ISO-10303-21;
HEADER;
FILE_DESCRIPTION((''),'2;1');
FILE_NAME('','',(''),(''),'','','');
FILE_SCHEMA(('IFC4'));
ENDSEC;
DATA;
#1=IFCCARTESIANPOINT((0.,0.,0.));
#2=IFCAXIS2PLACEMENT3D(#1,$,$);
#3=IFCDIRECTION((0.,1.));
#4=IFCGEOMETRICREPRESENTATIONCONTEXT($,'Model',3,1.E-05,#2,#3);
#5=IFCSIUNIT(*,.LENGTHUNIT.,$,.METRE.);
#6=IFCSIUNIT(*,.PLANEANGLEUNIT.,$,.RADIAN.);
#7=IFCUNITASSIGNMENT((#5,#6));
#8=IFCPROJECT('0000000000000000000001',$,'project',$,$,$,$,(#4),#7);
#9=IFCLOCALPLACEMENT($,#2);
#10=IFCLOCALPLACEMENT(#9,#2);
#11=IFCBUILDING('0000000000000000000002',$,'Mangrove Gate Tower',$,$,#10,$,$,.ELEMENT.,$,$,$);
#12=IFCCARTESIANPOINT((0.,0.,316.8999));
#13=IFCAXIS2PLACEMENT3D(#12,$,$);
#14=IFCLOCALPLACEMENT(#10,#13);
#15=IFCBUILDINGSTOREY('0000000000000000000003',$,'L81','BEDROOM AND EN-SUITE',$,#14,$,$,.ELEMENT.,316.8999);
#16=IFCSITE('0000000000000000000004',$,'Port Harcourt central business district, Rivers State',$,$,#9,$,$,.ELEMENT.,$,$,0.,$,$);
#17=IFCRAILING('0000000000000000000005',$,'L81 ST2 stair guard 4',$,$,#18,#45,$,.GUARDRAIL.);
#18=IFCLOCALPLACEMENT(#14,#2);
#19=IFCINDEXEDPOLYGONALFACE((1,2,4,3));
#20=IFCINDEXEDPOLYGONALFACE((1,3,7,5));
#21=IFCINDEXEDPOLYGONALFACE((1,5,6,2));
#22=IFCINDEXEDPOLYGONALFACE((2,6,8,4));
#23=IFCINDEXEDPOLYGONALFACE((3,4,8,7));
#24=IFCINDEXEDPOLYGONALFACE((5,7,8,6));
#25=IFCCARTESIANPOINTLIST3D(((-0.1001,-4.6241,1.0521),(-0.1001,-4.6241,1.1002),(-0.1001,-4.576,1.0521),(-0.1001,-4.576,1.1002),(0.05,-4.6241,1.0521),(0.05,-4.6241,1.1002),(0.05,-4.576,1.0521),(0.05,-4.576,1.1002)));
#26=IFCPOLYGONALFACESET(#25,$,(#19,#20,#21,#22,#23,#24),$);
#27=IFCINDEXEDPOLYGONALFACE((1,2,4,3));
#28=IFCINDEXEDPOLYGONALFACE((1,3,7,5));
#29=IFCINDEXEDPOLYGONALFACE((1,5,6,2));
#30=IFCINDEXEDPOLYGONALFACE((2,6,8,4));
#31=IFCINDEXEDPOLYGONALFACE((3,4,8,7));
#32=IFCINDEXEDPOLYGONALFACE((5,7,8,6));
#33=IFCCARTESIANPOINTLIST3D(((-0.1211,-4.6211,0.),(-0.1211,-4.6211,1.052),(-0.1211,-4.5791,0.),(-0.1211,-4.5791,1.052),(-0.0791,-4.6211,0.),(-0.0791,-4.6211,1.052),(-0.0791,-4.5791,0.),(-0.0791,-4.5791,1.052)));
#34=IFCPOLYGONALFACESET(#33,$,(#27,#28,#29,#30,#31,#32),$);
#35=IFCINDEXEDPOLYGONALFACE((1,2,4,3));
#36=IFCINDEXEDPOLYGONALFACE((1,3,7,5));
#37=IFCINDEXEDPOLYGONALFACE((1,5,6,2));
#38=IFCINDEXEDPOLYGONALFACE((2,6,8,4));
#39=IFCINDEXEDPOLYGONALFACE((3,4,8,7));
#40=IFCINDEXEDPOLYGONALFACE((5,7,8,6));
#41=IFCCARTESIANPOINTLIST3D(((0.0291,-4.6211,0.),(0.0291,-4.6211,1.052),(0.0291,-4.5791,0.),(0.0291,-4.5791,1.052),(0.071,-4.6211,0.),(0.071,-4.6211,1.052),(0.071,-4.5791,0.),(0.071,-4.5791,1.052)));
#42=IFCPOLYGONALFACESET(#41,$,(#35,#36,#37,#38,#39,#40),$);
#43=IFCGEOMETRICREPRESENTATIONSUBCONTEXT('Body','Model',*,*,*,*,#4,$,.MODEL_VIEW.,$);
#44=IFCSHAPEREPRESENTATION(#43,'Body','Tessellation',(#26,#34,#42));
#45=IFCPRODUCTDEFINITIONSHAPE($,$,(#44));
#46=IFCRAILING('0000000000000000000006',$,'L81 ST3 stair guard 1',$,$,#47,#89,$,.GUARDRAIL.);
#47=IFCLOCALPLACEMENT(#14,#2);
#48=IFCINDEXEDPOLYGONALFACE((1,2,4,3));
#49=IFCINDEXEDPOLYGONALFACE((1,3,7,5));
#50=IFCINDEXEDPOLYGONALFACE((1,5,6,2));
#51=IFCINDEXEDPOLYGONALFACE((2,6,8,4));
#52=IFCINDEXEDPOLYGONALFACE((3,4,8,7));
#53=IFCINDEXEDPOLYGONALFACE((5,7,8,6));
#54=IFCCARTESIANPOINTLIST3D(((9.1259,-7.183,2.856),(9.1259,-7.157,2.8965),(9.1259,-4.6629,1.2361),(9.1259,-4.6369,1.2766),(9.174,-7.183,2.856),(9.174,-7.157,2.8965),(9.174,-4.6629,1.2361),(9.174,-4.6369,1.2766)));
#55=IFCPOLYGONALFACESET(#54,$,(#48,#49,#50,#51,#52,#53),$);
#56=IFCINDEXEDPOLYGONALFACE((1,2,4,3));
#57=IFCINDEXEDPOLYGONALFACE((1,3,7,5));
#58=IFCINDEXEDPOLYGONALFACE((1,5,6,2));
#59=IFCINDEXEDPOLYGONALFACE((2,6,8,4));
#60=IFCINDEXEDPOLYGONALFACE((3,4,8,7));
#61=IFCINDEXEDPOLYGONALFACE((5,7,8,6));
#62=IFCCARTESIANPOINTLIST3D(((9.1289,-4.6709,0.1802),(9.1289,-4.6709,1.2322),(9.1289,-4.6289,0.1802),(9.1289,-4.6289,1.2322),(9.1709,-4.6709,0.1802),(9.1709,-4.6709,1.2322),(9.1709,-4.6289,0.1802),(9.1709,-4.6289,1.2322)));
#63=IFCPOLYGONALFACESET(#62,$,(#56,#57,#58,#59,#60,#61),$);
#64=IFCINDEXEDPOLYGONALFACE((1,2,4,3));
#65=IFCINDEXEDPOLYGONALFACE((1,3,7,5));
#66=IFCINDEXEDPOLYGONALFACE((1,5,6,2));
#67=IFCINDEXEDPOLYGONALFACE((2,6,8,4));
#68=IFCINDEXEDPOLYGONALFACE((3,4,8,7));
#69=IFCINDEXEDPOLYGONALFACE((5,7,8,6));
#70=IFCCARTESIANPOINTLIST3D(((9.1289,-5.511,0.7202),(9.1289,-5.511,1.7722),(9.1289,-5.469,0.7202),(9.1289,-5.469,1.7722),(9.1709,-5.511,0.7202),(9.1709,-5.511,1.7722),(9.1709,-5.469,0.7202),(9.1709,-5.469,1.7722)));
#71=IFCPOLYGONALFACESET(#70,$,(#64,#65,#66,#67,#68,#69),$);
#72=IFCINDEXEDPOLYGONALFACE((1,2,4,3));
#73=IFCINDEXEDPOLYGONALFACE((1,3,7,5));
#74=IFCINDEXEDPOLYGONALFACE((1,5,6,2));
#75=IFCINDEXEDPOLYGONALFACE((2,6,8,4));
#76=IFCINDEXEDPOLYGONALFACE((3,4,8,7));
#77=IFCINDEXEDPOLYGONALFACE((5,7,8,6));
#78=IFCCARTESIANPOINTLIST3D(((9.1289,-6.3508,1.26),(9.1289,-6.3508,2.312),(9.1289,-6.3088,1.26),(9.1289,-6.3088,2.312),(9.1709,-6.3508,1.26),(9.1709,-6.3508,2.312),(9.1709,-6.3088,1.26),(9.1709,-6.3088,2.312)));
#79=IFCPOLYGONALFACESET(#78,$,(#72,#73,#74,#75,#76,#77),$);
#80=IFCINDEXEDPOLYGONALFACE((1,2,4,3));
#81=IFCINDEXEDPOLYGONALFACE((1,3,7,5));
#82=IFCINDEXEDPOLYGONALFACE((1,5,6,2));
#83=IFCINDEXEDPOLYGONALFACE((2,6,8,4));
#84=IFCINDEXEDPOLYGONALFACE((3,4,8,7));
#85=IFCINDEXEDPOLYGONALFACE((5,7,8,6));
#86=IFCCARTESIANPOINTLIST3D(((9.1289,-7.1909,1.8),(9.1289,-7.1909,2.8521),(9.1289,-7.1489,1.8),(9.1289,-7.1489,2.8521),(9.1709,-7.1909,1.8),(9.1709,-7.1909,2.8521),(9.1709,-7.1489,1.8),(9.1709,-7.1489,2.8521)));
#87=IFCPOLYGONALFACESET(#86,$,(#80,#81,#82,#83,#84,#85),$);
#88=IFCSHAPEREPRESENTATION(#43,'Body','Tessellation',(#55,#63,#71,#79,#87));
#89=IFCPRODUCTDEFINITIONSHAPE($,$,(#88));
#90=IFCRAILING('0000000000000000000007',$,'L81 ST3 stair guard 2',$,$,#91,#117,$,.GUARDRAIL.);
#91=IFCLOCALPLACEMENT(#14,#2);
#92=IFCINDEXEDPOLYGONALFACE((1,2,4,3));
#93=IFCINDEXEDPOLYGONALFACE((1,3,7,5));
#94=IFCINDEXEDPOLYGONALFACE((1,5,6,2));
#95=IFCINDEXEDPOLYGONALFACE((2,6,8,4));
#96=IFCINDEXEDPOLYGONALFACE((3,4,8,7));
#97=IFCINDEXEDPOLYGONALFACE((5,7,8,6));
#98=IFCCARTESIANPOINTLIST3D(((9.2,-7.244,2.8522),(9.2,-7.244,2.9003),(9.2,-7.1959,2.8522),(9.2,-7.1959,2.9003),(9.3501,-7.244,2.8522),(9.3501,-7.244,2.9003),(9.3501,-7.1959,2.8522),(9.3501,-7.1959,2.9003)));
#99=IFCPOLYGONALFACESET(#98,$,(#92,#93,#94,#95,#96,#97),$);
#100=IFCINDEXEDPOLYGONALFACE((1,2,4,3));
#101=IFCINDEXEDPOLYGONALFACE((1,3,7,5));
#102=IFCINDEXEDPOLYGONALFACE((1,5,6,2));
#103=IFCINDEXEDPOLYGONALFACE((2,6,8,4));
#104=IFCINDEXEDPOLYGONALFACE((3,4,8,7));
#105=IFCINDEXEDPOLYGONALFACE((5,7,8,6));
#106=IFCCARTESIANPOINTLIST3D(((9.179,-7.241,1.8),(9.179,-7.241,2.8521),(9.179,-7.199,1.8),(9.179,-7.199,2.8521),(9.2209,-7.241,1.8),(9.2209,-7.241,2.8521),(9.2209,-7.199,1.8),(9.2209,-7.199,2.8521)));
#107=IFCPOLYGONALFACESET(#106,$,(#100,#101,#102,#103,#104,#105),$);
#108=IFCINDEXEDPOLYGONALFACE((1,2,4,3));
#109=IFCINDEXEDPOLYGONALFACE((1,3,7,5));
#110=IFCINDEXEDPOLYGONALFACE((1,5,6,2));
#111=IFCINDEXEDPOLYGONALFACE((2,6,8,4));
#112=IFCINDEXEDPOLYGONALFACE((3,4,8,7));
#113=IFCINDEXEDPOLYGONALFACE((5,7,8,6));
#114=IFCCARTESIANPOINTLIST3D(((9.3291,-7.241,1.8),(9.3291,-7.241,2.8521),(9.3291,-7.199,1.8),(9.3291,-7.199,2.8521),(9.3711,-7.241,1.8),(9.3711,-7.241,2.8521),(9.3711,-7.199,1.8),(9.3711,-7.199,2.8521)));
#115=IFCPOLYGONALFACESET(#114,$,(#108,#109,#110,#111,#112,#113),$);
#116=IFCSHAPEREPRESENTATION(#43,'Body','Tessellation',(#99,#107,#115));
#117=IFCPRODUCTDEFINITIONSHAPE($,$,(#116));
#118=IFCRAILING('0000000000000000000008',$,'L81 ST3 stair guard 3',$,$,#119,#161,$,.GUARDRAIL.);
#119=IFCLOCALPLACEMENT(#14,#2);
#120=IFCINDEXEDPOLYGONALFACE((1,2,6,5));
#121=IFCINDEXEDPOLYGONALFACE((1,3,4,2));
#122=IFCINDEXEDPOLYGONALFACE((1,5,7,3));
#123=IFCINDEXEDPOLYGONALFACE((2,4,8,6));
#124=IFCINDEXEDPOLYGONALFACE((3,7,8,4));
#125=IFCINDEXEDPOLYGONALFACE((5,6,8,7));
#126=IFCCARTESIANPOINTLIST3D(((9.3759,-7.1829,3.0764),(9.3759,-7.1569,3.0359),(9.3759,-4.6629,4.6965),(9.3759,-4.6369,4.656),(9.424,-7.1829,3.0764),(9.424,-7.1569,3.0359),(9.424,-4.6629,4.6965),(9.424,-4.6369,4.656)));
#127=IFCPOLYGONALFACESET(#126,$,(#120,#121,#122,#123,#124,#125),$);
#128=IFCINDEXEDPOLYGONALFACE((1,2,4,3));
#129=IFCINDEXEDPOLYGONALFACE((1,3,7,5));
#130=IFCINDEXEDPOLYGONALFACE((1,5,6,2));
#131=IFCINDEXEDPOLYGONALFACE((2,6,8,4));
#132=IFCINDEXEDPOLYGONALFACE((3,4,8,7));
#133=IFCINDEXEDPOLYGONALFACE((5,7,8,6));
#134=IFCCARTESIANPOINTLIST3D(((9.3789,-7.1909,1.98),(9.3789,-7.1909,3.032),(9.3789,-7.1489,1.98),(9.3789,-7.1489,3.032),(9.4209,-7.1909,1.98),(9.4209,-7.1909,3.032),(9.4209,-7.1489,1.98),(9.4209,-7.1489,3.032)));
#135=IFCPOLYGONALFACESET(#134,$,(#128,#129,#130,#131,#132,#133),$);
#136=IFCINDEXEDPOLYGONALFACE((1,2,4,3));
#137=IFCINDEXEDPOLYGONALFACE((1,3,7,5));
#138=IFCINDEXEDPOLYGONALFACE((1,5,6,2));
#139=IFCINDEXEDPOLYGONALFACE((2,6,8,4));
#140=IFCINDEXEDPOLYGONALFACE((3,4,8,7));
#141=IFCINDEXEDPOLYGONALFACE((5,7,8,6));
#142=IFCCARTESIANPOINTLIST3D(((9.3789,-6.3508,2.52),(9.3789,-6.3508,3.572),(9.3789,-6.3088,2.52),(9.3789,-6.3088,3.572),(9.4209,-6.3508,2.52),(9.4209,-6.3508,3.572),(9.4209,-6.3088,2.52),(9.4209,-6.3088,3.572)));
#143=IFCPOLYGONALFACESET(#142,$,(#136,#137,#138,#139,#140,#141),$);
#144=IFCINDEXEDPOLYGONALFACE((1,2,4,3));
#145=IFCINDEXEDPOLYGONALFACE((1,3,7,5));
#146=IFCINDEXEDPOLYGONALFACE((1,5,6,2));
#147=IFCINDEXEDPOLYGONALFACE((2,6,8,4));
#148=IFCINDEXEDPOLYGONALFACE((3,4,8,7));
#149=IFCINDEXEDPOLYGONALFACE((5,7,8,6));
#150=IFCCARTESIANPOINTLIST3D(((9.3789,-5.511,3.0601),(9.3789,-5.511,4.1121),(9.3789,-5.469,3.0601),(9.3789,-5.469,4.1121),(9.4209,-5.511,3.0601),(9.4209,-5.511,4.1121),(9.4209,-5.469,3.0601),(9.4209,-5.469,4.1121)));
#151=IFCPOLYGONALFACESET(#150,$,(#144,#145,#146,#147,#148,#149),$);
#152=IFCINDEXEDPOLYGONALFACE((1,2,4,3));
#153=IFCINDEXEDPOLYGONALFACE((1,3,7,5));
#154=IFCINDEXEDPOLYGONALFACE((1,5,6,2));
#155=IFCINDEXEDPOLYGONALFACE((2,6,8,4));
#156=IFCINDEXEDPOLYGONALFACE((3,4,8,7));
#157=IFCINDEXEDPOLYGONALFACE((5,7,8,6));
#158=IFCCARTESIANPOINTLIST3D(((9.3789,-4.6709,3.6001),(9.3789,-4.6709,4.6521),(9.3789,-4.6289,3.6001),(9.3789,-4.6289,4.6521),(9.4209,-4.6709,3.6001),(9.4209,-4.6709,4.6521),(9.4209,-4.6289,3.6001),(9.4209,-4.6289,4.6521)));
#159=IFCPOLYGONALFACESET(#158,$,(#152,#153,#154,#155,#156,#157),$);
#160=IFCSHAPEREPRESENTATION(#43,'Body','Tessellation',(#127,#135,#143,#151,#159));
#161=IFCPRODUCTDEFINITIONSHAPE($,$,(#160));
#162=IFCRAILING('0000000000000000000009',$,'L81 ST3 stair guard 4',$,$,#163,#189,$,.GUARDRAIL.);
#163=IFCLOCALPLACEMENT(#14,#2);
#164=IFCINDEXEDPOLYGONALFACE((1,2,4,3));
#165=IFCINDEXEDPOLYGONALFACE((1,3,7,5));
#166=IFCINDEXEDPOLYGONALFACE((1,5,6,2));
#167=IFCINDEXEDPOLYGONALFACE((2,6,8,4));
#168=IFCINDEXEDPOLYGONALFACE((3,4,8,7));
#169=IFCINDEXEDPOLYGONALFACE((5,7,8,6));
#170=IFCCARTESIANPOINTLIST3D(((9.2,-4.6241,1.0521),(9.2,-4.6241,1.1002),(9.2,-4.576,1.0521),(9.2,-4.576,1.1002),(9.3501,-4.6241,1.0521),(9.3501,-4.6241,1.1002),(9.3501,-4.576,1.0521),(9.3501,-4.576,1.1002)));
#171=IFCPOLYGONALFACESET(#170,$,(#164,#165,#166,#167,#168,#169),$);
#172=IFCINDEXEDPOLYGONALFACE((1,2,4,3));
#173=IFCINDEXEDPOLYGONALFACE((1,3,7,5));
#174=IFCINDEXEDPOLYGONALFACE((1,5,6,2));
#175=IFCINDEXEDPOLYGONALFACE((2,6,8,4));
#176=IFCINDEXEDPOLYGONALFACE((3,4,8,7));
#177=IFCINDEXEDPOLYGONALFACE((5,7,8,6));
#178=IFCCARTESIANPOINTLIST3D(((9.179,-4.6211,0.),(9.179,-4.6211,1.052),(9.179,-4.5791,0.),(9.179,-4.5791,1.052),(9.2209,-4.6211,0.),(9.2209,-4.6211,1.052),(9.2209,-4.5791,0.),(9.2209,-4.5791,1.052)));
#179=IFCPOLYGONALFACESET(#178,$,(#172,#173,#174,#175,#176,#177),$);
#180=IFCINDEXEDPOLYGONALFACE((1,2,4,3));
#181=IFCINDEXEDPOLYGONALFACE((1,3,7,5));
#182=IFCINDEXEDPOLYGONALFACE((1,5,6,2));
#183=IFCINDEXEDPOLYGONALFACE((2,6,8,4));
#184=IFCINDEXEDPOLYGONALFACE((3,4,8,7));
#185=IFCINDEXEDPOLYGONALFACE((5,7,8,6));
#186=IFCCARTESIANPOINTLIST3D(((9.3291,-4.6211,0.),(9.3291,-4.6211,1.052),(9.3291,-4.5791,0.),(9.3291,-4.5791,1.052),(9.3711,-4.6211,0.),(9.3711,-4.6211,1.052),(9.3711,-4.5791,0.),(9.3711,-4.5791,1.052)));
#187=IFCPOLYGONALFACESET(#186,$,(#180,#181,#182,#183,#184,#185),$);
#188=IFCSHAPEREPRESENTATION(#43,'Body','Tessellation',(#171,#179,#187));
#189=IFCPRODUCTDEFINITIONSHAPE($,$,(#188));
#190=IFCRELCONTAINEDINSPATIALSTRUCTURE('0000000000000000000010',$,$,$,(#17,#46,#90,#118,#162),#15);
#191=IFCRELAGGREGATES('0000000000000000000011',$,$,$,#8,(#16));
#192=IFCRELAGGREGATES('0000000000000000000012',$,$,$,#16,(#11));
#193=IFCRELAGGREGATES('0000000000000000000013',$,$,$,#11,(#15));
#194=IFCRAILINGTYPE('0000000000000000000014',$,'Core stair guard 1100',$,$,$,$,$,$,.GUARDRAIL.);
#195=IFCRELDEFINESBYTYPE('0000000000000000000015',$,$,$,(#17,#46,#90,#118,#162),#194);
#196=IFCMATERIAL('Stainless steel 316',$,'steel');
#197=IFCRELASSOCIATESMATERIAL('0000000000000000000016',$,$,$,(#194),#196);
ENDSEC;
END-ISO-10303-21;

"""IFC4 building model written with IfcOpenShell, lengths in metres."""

from ifc_helpers import new_model, si_unit, direction, frame, origin, origin_2d, place, context, subcontext, project, spatial, rectangle, extrude, material, type_object, element, save


model = new_model("IFC4")

# Units and contexts
model_context = context("Model", 3, precision=1e-05, world=origin(), true_north=direction((0.0, 1.0)))
body_context = subcontext(model_context, "Body", "Model", "MODEL_VIEW")
ifc_project = project(units=[si_unit("LENGTHUNIT", "METRE"), si_unit("PLANEANGLEUNIT", "RADIAN")], contexts=[model_context])

# Site, building, storey
site_placement = place(None, origin())
site = spatial("IfcSite", under=ifc_project, at=site_placement, Name="Port Harcourt central business district, Rivers State", CompositionType="ELEMENT", RefElevation=0.0)
building_placement = place(site_placement, origin())
building = spatial("IfcBuilding", under=site, at=building_placement, Name="Mangrove Gate Tower", CompositionType="ELEMENT")
storey_placement = place(building_placement, frame((0.0, 0.0, 316.8999)))
storey = spatial("IfcBuildingStorey", under=building, at=storey_placement, Name="L81", Description="BEDROOM AND EN-SUITE", CompositionType="ELEMENT", Elevation=316.8999)

# Railings
ifc_material_1 = material(Name="Stainless steel 316", Category="steel")
railing_type_1 = type_object("IfcRailingType", Name="Core stair guard 1100", PredefinedType="GUARDRAIL", material=ifc_material_1)
railing_1_placement = place(storey_placement, frame((-0.1001, -4.6001, 0.0)))
element("IfcRailing", 1, at=railing_1_placement, inside=storey, type_object=railing_type_1, Name="L81 ST2 stair guard 4", PredefinedType="GUARDRAIL", context=body_context, shape_type="SweptSolid", body=[
    extrude(rectangle(XDim=0.0481, YDim=0.0481, at=origin_2d()), frame((0.0, 0.0, 1.0762), z_axis=(1.0, 0.0, 0.0), x_axis=(0.0, 1.0, 0.0)), (0.0, 0.0, 1.0), 0.1501),
    extrude(rectangle(XDim=0.042, YDim=0.042, at=origin_2d()), origin(), (0.0, 0.0, 1.0), 1.052),
    extrude(rectangle(XDim=0.042, YDim=0.042, at=origin_2d()), frame((0.1501, 0.0, 0.0)), (0.0, 0.0, 1.0), 1.052),
])
railing_2_placement = place(storey_placement, frame((9.1499, -4.6499, 0.1802)))
element("IfcRailing", 2, at=railing_2_placement, inside=storey, type_object=railing_type_1, Name="L81 ST3 stair guard 1", PredefinedType="GUARDRAIL", context=body_context, shape_type="SweptSolid", body=[
    extrude(rectangle(XDim=0.0481, YDim=0.0481, at=origin_2d()), frame((0.0, 0.0, 1.0762), z_axis=(0.0, -0.8412, 0.540725), x_axis=(1.0, 0.0, 0.0)), (0.0, 0.0, 1.0), 2.9958),
    extrude(rectangle(XDim=0.042, YDim=0.042, at=origin_2d()), origin(), (0.0, 0.0, 1.0), 1.052),
    extrude(rectangle(XDim=0.042, YDim=0.042, at=origin_2d()), frame((0.0, -0.8401, 0.54)), (0.0, 0.0, 1.0), 1.052),
    extrude(rectangle(XDim=0.042, YDim=0.042, at=origin_2d()), frame((0.0, -1.6799, 1.0798)), (0.0, 0.0, 1.0), 1.052),
    extrude(rectangle(XDim=0.042, YDim=0.042, at=origin_2d()), frame((0.0, -2.52, 1.6199)), (0.0, 0.0, 1.0), 1.052),
])
railing_3_placement = place(storey_placement, frame((9.2, -7.22, 1.8)))
element("IfcRailing", 3, at=railing_3_placement, inside=storey, type_object=railing_type_1, Name="L81 ST3 stair guard 2", PredefinedType="GUARDRAIL", context=body_context, shape_type="SweptSolid", body=[
    extrude(rectangle(XDim=0.0481, YDim=0.0481, at=origin_2d()), frame((0.0, 0.0, 1.0762), z_axis=(1.0, 0.0, 0.0), x_axis=(0.0, 1.0, 0.0)), (0.0, 0.0, 1.0), 0.1501),
    extrude(rectangle(XDim=0.042, YDim=0.042, at=origin_2d()), origin(), (0.0, 0.0, 1.0), 1.052),
    extrude(rectangle(XDim=0.042, YDim=0.042, at=origin_2d()), frame((0.1501, 0.0, 0.0)), (0.0, 0.0, 1.0), 1.052),
])
railing_4_placement = place(storey_placement, frame((9.3999, -7.1699, 1.98)))
element("IfcRailing", 4, at=railing_4_placement, inside=storey, type_object=railing_type_1, Name="L81 ST3 stair guard 3", PredefinedType="GUARDRAIL", context=body_context, shape_type="SweptSolid", body=[
    extrude(rectangle(XDim=0.0481, YDim=0.0481, at=origin_2d()), frame((0.0, 0.0, 1.0762), z_axis=(0.0, 0.841163, 0.540782), x_axis=(-1.0, 0.0, 0.0)), (0.0, 0.0, 1.0), 2.9958),
    extrude(rectangle(XDim=0.042, YDim=0.042, at=origin_2d()), origin(), (0.0, 0.0, 1.0), 1.052),
    extrude(rectangle(XDim=0.042, YDim=0.042, at=origin_2d()), frame((0.0, 0.8401, 0.54)), (0.0, 0.0, 1.0), 1.052),
    extrude(rectangle(XDim=0.042, YDim=0.042, at=origin_2d()), frame((0.0, 1.6799, 1.0801)), (0.0, 0.0, 1.0), 1.052),
    extrude(rectangle(XDim=0.042, YDim=0.042, at=origin_2d()), frame((0.0, 2.52, 1.6201)), (0.0, 0.0, 1.0), 1.052),
])
railing_5_placement = place(storey_placement, frame((9.2, -4.6001, 0.0)))
element("IfcRailing", 5, at=railing_5_placement, inside=storey, type_object=railing_type_1, Name="L81 ST3 stair guard 4", PredefinedType="GUARDRAIL", context=body_context, shape_type="SweptSolid", body=[
    extrude(rectangle(XDim=0.0481, YDim=0.0481, at=origin_2d()), frame((0.0, 0.0, 1.0762), z_axis=(1.0, 0.0, 0.0), x_axis=(0.0, 1.0, 0.0)), (0.0, 0.0, 1.0), 0.1501),
    extrude(rectangle(XDim=0.042, YDim=0.042, at=origin_2d()), origin(), (0.0, 0.0, 1.0), 1.052),
    extrude(rectangle(XDim=0.042, YDim=0.042, at=origin_2d()), frame((0.1501, 0.0, 0.0)), (0.0, 0.0, 1.0), 1.052),
])

save(model, "model.ifc")
